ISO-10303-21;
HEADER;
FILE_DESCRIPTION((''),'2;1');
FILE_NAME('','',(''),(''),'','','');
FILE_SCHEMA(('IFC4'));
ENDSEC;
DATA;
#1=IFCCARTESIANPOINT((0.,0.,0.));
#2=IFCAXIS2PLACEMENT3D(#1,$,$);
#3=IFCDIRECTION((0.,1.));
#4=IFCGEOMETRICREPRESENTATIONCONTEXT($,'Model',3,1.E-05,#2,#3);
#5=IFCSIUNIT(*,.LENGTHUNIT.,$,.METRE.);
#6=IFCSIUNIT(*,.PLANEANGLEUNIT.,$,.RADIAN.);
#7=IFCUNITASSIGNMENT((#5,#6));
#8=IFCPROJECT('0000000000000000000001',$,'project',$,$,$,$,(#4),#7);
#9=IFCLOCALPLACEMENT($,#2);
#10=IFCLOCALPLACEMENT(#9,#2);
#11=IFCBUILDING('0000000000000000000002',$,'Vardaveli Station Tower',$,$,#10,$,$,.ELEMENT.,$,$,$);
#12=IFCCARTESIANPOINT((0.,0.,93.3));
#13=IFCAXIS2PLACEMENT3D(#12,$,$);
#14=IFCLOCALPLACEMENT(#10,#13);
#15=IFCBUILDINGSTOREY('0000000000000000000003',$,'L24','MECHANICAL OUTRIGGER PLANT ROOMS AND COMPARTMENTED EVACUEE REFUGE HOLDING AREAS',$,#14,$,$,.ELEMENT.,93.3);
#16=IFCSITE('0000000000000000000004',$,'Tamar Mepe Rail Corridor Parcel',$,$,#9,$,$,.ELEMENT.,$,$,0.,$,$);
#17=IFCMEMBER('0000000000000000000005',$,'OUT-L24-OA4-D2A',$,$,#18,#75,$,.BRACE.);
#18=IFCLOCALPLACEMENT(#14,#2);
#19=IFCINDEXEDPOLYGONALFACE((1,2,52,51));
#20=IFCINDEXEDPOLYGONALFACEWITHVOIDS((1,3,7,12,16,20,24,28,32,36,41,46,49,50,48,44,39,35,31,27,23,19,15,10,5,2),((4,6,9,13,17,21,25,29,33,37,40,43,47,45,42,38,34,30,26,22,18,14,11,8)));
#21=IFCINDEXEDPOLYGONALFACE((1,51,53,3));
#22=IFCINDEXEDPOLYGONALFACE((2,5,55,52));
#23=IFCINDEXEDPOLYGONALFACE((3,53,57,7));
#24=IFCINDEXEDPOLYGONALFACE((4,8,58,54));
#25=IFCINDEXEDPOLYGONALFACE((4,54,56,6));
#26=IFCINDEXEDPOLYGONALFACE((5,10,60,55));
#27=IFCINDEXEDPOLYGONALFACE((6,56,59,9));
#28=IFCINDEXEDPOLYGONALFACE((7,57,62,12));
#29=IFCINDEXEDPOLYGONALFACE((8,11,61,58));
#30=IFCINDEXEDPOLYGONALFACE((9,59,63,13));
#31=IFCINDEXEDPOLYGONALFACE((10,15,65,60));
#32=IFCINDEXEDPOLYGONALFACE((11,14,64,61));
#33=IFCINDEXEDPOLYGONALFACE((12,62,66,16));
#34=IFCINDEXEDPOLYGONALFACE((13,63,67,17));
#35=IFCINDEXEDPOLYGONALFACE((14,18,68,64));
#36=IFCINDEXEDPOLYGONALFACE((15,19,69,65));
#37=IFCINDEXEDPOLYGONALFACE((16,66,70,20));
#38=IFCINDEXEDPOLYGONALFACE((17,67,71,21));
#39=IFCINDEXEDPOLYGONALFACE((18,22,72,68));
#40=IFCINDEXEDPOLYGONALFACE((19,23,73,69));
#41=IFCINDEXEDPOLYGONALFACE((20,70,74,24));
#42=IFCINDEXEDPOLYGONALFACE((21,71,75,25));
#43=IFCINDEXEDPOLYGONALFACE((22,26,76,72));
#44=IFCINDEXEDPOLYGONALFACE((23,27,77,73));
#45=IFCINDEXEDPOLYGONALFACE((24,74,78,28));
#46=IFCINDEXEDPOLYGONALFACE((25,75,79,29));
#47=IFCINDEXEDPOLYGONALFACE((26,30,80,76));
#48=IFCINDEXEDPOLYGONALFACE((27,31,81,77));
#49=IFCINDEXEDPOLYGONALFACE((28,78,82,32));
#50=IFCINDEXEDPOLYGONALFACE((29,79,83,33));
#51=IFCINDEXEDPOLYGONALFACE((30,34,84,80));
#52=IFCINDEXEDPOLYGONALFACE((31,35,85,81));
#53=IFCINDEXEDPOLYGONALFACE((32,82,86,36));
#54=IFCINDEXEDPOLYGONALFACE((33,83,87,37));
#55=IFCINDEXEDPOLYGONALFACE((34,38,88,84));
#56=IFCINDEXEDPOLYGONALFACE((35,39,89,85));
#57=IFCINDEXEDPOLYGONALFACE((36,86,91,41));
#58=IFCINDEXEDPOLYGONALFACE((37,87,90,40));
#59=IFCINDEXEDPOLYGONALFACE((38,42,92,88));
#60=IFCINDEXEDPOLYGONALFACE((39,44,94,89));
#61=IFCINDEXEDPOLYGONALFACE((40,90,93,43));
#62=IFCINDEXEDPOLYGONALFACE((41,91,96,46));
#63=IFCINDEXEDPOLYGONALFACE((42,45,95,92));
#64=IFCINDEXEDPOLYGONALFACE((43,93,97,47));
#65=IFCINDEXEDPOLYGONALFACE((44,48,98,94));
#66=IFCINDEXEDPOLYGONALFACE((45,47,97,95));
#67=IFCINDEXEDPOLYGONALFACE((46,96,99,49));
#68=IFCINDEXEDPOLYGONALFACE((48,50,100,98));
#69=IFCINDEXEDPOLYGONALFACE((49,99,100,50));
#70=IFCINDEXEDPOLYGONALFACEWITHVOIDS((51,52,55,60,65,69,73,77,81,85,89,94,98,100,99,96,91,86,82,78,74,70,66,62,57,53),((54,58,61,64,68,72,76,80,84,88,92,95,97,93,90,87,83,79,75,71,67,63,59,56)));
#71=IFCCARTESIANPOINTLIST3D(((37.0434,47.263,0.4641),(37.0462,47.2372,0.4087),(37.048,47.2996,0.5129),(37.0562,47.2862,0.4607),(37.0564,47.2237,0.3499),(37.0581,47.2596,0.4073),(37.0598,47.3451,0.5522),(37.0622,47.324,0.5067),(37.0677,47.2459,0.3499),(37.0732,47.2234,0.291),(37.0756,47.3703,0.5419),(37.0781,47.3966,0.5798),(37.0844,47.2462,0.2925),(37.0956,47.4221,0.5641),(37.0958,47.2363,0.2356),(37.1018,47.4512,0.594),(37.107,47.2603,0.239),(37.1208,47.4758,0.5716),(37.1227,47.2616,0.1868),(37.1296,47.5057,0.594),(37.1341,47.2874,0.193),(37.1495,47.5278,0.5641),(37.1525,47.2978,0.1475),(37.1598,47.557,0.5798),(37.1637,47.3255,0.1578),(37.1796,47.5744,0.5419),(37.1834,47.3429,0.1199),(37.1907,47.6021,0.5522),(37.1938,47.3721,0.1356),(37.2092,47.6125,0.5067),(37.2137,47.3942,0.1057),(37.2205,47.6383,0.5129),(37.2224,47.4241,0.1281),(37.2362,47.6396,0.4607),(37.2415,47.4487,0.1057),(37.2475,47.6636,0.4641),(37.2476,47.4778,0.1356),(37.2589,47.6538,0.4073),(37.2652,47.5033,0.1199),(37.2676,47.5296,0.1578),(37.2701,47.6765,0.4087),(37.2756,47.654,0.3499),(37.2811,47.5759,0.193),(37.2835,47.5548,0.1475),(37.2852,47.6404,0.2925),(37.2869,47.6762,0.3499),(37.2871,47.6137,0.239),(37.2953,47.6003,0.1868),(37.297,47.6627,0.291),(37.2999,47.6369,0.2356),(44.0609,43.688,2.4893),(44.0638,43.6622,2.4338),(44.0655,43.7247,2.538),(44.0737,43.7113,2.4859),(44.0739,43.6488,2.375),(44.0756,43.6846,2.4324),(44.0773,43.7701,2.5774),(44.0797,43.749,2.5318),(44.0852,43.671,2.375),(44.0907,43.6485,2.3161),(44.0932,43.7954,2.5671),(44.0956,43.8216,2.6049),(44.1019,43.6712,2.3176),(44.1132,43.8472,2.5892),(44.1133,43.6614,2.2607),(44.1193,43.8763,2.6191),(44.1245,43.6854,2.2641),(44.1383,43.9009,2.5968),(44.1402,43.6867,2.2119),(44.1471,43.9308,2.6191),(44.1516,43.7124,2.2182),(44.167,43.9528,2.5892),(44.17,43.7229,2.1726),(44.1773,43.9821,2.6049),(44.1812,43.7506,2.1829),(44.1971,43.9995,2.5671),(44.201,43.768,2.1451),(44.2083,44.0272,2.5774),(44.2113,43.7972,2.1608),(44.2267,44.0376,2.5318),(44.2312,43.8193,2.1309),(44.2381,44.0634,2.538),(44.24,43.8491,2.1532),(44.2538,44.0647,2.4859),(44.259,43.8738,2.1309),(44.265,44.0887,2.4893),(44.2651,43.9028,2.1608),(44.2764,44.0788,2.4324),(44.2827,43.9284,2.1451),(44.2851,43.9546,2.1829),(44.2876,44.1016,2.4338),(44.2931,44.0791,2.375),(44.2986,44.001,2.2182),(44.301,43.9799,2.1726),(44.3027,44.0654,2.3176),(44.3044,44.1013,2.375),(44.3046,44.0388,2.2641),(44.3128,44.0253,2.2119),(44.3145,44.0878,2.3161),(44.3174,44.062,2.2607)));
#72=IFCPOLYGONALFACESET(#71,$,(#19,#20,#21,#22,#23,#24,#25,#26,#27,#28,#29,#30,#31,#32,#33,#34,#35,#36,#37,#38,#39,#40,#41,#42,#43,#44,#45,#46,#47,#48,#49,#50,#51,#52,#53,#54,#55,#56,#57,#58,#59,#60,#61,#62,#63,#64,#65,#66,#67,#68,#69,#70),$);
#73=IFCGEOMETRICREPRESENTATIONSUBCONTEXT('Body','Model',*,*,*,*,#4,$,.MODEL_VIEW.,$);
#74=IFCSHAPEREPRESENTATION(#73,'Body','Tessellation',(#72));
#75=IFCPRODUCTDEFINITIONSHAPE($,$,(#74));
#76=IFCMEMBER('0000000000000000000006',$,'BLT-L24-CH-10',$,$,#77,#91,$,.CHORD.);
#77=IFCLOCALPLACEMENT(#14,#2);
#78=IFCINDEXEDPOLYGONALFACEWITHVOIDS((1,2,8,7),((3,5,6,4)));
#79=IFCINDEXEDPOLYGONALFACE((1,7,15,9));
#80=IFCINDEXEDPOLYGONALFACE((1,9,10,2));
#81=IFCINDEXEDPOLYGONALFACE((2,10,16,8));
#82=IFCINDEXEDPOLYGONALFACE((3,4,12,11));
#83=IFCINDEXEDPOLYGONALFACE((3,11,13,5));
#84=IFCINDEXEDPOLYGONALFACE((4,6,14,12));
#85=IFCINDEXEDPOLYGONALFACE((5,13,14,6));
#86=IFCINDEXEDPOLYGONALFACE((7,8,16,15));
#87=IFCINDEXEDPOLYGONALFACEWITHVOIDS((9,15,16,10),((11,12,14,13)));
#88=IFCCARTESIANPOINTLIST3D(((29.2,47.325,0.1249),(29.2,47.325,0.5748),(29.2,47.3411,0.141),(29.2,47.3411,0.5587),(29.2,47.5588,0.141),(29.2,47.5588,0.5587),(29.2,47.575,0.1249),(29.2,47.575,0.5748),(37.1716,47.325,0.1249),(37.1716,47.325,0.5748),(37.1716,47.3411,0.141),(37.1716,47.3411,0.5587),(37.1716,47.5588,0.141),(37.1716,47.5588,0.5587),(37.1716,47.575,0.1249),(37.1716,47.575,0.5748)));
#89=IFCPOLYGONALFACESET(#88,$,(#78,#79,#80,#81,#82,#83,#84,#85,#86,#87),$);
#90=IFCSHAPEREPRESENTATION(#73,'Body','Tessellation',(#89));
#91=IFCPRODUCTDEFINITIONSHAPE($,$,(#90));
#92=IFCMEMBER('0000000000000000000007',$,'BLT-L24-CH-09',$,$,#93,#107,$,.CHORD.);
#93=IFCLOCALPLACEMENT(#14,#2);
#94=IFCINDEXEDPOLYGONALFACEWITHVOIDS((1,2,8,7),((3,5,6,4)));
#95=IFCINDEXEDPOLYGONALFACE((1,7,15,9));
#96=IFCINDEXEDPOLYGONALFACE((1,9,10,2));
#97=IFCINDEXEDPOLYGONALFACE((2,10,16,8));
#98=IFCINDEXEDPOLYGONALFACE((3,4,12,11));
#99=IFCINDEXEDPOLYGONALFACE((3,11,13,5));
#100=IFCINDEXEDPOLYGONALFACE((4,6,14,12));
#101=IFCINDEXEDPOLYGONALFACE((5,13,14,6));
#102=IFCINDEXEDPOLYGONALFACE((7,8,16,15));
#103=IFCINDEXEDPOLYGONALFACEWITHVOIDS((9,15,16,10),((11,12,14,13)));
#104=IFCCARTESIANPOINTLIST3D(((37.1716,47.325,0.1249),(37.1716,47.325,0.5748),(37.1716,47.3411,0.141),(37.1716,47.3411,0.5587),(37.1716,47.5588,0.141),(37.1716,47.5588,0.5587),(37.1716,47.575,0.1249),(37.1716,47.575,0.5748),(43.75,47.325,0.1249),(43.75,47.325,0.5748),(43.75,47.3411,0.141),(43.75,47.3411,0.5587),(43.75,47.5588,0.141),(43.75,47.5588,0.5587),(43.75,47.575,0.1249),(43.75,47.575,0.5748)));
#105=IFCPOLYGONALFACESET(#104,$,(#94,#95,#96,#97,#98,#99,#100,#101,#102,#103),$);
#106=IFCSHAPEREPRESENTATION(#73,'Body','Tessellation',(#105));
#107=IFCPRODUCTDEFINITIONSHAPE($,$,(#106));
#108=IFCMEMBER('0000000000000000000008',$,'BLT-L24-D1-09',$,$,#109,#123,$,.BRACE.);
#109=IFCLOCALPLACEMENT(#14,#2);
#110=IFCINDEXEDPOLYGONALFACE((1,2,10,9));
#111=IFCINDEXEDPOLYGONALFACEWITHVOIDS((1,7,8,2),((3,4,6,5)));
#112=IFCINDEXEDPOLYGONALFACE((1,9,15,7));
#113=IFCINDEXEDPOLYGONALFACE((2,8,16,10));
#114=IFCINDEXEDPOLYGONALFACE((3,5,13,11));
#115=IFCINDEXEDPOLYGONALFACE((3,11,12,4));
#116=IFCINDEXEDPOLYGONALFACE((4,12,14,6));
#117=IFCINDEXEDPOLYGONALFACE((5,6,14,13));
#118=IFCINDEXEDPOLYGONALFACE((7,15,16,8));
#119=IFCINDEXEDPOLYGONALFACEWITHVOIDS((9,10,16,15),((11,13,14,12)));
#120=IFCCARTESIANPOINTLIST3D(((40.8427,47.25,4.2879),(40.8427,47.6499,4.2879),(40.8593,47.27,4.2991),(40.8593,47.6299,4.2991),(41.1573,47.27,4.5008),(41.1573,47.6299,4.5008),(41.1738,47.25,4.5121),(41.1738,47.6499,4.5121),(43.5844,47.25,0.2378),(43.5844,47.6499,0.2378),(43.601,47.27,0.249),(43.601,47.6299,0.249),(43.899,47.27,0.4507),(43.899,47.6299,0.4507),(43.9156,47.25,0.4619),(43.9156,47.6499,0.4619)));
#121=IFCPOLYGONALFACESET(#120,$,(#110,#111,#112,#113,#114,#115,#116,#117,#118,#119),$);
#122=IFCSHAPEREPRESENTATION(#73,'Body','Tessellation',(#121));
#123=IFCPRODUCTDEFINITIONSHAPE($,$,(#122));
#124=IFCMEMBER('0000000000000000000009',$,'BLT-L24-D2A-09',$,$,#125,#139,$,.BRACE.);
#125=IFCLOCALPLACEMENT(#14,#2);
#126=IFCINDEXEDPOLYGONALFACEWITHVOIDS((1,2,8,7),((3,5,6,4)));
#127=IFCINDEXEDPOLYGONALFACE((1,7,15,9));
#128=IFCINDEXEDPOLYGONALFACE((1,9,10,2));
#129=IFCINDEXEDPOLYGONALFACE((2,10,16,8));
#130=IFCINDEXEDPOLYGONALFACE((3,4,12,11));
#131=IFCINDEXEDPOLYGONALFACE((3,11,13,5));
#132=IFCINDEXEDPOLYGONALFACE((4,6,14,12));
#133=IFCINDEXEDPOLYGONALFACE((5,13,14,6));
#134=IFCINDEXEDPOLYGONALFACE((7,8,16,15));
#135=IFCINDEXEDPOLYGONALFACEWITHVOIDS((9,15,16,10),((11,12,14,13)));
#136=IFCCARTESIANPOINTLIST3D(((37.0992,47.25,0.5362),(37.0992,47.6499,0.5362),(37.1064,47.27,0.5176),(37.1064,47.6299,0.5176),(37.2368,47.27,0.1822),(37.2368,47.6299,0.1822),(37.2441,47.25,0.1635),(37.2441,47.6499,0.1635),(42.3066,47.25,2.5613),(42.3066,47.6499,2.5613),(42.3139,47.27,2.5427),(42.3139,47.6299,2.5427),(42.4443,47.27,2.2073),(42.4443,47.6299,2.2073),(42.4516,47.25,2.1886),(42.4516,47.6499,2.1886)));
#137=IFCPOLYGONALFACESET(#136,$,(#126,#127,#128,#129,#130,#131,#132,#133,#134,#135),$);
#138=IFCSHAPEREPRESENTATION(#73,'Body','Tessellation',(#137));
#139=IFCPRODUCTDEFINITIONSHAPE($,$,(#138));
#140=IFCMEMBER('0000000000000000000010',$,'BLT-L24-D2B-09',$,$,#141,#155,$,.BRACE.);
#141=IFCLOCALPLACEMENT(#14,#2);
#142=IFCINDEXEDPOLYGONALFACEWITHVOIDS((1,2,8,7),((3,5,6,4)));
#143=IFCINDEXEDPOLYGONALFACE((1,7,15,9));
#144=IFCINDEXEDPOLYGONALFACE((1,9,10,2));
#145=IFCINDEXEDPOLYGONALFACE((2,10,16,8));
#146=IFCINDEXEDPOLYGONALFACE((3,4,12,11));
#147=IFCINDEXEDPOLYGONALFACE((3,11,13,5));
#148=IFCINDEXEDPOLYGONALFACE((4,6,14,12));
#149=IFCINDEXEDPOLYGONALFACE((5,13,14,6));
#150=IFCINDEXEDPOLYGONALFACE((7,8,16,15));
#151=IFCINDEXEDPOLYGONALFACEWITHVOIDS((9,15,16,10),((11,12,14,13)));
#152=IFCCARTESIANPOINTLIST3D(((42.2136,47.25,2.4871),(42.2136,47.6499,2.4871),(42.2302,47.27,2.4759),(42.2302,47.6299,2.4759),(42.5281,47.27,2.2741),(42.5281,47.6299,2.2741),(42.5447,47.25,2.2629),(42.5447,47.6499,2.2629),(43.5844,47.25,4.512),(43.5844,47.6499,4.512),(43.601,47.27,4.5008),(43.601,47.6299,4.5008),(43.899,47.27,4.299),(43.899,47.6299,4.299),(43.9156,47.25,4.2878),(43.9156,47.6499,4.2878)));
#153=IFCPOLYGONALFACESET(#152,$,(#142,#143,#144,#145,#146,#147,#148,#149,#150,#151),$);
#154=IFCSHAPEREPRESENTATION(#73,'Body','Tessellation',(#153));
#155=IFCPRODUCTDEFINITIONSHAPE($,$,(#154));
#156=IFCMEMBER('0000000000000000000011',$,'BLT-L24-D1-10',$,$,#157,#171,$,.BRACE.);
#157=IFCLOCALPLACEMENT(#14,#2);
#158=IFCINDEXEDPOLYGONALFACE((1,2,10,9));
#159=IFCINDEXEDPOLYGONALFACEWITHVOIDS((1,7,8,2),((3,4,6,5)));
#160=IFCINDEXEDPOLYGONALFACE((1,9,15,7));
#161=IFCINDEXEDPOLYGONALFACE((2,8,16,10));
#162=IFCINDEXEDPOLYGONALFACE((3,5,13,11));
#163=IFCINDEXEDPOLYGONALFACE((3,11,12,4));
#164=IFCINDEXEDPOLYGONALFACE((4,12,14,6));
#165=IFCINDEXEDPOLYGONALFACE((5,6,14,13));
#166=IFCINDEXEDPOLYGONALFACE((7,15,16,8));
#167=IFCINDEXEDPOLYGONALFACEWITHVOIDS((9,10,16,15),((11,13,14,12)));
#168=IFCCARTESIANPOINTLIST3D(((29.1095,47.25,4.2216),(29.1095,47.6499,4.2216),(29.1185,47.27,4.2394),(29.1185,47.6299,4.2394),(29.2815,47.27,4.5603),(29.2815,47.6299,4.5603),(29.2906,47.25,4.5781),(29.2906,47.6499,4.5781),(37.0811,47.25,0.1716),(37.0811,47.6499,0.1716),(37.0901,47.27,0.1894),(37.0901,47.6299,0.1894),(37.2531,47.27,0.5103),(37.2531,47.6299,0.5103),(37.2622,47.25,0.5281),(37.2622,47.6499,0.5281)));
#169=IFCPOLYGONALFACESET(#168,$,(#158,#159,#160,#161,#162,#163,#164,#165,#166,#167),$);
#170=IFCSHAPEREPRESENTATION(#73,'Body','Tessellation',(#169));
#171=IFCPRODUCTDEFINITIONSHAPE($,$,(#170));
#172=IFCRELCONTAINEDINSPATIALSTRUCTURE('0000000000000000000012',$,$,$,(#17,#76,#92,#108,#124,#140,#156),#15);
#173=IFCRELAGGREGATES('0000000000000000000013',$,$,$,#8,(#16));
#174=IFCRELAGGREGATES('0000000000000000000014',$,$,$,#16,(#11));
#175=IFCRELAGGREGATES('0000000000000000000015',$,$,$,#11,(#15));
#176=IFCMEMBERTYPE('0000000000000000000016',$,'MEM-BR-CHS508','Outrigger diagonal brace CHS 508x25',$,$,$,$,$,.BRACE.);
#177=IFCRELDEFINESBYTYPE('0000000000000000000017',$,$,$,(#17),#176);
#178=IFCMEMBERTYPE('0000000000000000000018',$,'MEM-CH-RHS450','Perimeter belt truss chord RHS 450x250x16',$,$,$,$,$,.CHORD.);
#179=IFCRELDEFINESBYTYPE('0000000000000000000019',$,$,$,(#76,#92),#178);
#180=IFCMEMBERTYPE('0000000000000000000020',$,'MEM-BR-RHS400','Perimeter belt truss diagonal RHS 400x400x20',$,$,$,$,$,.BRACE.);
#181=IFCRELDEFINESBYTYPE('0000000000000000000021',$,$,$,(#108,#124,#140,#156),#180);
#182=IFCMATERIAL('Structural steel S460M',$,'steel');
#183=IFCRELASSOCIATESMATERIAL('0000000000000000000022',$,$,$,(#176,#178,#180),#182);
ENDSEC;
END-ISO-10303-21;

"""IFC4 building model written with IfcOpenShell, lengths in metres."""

from ifc_helpers import new_model, si_unit, direction, frame, origin, origin_2d, place, context, subcontext, project, spatial, hollow_rectangle, hollow_circle, extrude, source, transform, mapped, material, material_profile, profile_set, type_object, element, save


model = new_model("IFC4")

# Units and contexts
model_context = context("Model", 3, precision=1e-05, world=origin(), true_north=direction((0.0, 1.0)))
body_context = subcontext(model_context, "Body", "Model", "MODEL_VIEW")
ifc_project = project(units=[si_unit("LENGTHUNIT", "METRE"), si_unit("PLANEANGLEUNIT", "RADIAN")], contexts=[model_context])

# Site, building, storey
site_placement = place(None, origin())
site = spatial("IfcSite", under=ifc_project, at=site_placement, Name="Tamar Mepe Rail Corridor Parcel", CompositionType="ELEMENT", RefElevation=0.0)
building_placement = place(site_placement, origin())
building = spatial("IfcBuilding", under=site, at=building_placement, Name="Vardaveli Station Tower", CompositionType="ELEMENT")
storey_placement = place(building_placement, frame((0.0, 0.0, 93.3)))
storey = spatial("IfcBuildingStorey", under=building, at=storey_placement, Name="L24", Description="MECHANICAL OUTRIGGER PLANT ROOMS AND COMPARTMENTED EVACUEE REFUGE HOLDING AREAS", CompositionType="ELEMENT", Elevation=93.3)

# Shared definitions
ifc_material_1 = material(Name="Structural steel S460M", Category="steel")

# Members
ifc_material_profile_1 = material_profile(ifc_material_1, hollow_circle(Radius=0.2539, WallThickness=0.0249, at=origin_2d()), Name="CHS 508x25")
ifc_profile_set_1 = profile_set([ifc_material_profile_1], Name="Structural steel S460M")
member_type_1 = type_object("IfcMemberType", Name="MEM-BR-CHS508", Description="Outrigger diagonal brace CHS 508x25", PredefinedType="BRACE", material=ifc_profile_set_1)
shared_shape_1 = source(origin(), body_context, "Body", "SweptSolid", [
    extrude(hollow_circle(Radius=0.2539, WallThickness=0.0249, at=origin_2d()), origin(), (0.0, 0.0, 1.0), 8.1318),
])
member_1_placement = place(storey_placement, frame((37.1716, 47.45, 0.3499), z_axis=(0.862968, -0.43962, 0.249037), x_axis=(0.453922, 0.891042, 0.0)))
element("IfcMember", 1, at=member_1_placement, inside=storey, type_object=member_type_1, Name="OUT-L24-OA4-D2A", PredefinedType="BRACE", context=body_context, shape_type="MappedRepresentation", body=[
    mapped(shared_shape_1, transform((0.0, 0.0, 0.0), scale=1.0)),
])
ifc_material_profile_2 = material_profile(ifc_material_1, hollow_rectangle(XDim=0.25, YDim=0.45, WallThickness=0.0161, at=origin_2d()), Name="RHS 450x250x16")
ifc_profile_set_2 = profile_set([ifc_material_profile_2], Name="Structural steel S460M")
member_type_2 = type_object("IfcMemberType", Name="MEM-CH-RHS450", Description="Perimeter belt truss chord RHS 450x250x16", PredefinedType="CHORD", material=ifc_profile_set_2)
shared_shape_2 = source(origin(), body_context, "Body", "SweptSolid", [
    extrude(hollow_rectangle(XDim=0.25, YDim=0.45, WallThickness=0.0161, at=origin_2d()), origin(), (0.0, 0.0, 1.0), 7.9717),
])
member_2_placement = place(storey_placement, frame((37.1716, 47.45, 0.3499), z_axis=(-1.0, 0.0, 0.0), x_axis=(0.0, -1.0, 0.0)))
element("IfcMember", 2, at=member_2_placement, inside=storey, type_object=member_type_2, Name="BLT-L24-CH-10", PredefinedType="CHORD", context=body_context, shape_type="MappedRepresentation", body=[
    mapped(shared_shape_2, transform((0.0, 0.0, 0.0), scale=1.0)),
])
shared_shape_3 = source(origin(), body_context, "Body", "SweptSolid", [
    extrude(hollow_rectangle(XDim=0.25, YDim=0.45, WallThickness=0.0161, at=origin_2d()), origin(), (0.0, 0.0, 1.0), 6.5784),
])
member_3_placement = place(storey_placement, frame((43.75, 47.45, 0.3499), z_axis=(-1.0, 0.0, 0.0), x_axis=(0.0, -1.0, 0.0)))
element("IfcMember", 3, at=member_3_placement, inside=storey, type_object=member_type_2, Name="BLT-L24-CH-09", PredefinedType="CHORD", context=body_context, shape_type="MappedRepresentation", body=[
    mapped(shared_shape_3, transform((0.0, 0.0, 0.0), scale=1.0)),
])
ifc_material_profile_3 = material_profile(ifc_material_1, hollow_rectangle(XDim=0.3999, YDim=0.3999, WallThickness=0.02, at=origin_2d()), Name="RHS 400x400x20")
ifc_profile_set_3 = profile_set([ifc_material_profile_3], Name="Structural steel S460M")
member_type_3 = type_object("IfcMemberType", Name="MEM-BR-RHS400", Description="Perimeter belt truss diagonal RHS 400x400x20", PredefinedType="BRACE", material=ifc_profile_set_3)
shared_shape_4 = source(origin(), body_context, "Body", "SweptSolid", [
    extrude(hollow_rectangle(XDim=0.3999, YDim=0.3999, WallThickness=0.02, at=origin_2d()), origin(), (0.0, 0.0, 1.0), 4.8909),
])
member_4_placement = place(storey_placement, frame((43.75, 47.45, 0.3499), z_axis=(-0.560584, 0.0, 0.828097), x_axis=(0.0, -1.0, 0.0)))
element("IfcMember", 4, at=member_4_placement, inside=storey, type_object=member_type_3, Name="BLT-L24-D1-09", PredefinedType="BRACE", context=body_context, shape_type="MappedRepresentation", body=[
    mapped(shared_shape_4, transform((0.0, 0.0, 0.0), scale=1.0)),
])
shared_shape_5 = source(origin(), body_context, "Body", "SweptSolid", [
    extrude(hollow_rectangle(XDim=0.3999, YDim=0.3999, WallThickness=0.02, at=origin_2d()), origin(), (0.0, 0.0, 1.0), 5.5874),
])
member_5_placement = place(storey_placement, frame((37.1716, 47.45, 0.3499), z_axis=(0.932005, 0.0, 0.362446), x_axis=(0.0, 1.0, 0.0)))
element("IfcMember", 5, at=member_5_placement, inside=storey, type_object=member_type_3, Name="BLT-L24-D2A-09", PredefinedType="BRACE", context=body_context, shape_type="MappedRepresentation", body=[
    mapped(shared_shape_5, transform((0.0, 0.0, 0.0), scale=1.0)),
])
shared_shape_6 = source(origin(), body_context, "Body", "SweptSolid", [
    extrude(hollow_rectangle(XDim=0.3999, YDim=0.3999, WallThickness=0.02, at=origin_2d()), origin(), (0.0, 0.0, 1.0), 2.4453),
])
member_6_placement = place(storey_placement, frame((42.3792, 47.45, 2.375), z_axis=(0.560607, 0.0, 0.828082), x_axis=(0.0, 1.0, 0.0)))
element("IfcMember", 6, at=member_6_placement, inside=storey, type_object=member_type_3, Name="BLT-L24-D2B-09", PredefinedType="BRACE", context=body_context, shape_type="MappedRepresentation", body=[
    mapped(shared_shape_6, transform((0.0, 0.0, 0.0), scale=1.0)),
])
shared_shape_7 = source(origin(), body_context, "Body", "SweptSolid", [
    extrude(hollow_rectangle(XDim=0.3999, YDim=0.3999, WallThickness=0.02, at=origin_2d()), origin(), (0.0, 0.0, 1.0), 8.9414),
])
member_7_placement = place(storey_placement, frame((37.1716, 47.45, 0.3499), z_axis=(-0.891536, 0.0, 0.452949), x_axis=(0.0, -1.0, 0.0)))
element("IfcMember", 7, at=member_7_placement, inside=storey, type_object=member_type_3, Name="BLT-L24-D1-10", PredefinedType="BRACE", context=body_context, shape_type="MappedRepresentation", body=[
    mapped(shared_shape_7, transform((0.0, 0.0, 0.0), scale=1.0)),
])

save(model, "model.ifc")
